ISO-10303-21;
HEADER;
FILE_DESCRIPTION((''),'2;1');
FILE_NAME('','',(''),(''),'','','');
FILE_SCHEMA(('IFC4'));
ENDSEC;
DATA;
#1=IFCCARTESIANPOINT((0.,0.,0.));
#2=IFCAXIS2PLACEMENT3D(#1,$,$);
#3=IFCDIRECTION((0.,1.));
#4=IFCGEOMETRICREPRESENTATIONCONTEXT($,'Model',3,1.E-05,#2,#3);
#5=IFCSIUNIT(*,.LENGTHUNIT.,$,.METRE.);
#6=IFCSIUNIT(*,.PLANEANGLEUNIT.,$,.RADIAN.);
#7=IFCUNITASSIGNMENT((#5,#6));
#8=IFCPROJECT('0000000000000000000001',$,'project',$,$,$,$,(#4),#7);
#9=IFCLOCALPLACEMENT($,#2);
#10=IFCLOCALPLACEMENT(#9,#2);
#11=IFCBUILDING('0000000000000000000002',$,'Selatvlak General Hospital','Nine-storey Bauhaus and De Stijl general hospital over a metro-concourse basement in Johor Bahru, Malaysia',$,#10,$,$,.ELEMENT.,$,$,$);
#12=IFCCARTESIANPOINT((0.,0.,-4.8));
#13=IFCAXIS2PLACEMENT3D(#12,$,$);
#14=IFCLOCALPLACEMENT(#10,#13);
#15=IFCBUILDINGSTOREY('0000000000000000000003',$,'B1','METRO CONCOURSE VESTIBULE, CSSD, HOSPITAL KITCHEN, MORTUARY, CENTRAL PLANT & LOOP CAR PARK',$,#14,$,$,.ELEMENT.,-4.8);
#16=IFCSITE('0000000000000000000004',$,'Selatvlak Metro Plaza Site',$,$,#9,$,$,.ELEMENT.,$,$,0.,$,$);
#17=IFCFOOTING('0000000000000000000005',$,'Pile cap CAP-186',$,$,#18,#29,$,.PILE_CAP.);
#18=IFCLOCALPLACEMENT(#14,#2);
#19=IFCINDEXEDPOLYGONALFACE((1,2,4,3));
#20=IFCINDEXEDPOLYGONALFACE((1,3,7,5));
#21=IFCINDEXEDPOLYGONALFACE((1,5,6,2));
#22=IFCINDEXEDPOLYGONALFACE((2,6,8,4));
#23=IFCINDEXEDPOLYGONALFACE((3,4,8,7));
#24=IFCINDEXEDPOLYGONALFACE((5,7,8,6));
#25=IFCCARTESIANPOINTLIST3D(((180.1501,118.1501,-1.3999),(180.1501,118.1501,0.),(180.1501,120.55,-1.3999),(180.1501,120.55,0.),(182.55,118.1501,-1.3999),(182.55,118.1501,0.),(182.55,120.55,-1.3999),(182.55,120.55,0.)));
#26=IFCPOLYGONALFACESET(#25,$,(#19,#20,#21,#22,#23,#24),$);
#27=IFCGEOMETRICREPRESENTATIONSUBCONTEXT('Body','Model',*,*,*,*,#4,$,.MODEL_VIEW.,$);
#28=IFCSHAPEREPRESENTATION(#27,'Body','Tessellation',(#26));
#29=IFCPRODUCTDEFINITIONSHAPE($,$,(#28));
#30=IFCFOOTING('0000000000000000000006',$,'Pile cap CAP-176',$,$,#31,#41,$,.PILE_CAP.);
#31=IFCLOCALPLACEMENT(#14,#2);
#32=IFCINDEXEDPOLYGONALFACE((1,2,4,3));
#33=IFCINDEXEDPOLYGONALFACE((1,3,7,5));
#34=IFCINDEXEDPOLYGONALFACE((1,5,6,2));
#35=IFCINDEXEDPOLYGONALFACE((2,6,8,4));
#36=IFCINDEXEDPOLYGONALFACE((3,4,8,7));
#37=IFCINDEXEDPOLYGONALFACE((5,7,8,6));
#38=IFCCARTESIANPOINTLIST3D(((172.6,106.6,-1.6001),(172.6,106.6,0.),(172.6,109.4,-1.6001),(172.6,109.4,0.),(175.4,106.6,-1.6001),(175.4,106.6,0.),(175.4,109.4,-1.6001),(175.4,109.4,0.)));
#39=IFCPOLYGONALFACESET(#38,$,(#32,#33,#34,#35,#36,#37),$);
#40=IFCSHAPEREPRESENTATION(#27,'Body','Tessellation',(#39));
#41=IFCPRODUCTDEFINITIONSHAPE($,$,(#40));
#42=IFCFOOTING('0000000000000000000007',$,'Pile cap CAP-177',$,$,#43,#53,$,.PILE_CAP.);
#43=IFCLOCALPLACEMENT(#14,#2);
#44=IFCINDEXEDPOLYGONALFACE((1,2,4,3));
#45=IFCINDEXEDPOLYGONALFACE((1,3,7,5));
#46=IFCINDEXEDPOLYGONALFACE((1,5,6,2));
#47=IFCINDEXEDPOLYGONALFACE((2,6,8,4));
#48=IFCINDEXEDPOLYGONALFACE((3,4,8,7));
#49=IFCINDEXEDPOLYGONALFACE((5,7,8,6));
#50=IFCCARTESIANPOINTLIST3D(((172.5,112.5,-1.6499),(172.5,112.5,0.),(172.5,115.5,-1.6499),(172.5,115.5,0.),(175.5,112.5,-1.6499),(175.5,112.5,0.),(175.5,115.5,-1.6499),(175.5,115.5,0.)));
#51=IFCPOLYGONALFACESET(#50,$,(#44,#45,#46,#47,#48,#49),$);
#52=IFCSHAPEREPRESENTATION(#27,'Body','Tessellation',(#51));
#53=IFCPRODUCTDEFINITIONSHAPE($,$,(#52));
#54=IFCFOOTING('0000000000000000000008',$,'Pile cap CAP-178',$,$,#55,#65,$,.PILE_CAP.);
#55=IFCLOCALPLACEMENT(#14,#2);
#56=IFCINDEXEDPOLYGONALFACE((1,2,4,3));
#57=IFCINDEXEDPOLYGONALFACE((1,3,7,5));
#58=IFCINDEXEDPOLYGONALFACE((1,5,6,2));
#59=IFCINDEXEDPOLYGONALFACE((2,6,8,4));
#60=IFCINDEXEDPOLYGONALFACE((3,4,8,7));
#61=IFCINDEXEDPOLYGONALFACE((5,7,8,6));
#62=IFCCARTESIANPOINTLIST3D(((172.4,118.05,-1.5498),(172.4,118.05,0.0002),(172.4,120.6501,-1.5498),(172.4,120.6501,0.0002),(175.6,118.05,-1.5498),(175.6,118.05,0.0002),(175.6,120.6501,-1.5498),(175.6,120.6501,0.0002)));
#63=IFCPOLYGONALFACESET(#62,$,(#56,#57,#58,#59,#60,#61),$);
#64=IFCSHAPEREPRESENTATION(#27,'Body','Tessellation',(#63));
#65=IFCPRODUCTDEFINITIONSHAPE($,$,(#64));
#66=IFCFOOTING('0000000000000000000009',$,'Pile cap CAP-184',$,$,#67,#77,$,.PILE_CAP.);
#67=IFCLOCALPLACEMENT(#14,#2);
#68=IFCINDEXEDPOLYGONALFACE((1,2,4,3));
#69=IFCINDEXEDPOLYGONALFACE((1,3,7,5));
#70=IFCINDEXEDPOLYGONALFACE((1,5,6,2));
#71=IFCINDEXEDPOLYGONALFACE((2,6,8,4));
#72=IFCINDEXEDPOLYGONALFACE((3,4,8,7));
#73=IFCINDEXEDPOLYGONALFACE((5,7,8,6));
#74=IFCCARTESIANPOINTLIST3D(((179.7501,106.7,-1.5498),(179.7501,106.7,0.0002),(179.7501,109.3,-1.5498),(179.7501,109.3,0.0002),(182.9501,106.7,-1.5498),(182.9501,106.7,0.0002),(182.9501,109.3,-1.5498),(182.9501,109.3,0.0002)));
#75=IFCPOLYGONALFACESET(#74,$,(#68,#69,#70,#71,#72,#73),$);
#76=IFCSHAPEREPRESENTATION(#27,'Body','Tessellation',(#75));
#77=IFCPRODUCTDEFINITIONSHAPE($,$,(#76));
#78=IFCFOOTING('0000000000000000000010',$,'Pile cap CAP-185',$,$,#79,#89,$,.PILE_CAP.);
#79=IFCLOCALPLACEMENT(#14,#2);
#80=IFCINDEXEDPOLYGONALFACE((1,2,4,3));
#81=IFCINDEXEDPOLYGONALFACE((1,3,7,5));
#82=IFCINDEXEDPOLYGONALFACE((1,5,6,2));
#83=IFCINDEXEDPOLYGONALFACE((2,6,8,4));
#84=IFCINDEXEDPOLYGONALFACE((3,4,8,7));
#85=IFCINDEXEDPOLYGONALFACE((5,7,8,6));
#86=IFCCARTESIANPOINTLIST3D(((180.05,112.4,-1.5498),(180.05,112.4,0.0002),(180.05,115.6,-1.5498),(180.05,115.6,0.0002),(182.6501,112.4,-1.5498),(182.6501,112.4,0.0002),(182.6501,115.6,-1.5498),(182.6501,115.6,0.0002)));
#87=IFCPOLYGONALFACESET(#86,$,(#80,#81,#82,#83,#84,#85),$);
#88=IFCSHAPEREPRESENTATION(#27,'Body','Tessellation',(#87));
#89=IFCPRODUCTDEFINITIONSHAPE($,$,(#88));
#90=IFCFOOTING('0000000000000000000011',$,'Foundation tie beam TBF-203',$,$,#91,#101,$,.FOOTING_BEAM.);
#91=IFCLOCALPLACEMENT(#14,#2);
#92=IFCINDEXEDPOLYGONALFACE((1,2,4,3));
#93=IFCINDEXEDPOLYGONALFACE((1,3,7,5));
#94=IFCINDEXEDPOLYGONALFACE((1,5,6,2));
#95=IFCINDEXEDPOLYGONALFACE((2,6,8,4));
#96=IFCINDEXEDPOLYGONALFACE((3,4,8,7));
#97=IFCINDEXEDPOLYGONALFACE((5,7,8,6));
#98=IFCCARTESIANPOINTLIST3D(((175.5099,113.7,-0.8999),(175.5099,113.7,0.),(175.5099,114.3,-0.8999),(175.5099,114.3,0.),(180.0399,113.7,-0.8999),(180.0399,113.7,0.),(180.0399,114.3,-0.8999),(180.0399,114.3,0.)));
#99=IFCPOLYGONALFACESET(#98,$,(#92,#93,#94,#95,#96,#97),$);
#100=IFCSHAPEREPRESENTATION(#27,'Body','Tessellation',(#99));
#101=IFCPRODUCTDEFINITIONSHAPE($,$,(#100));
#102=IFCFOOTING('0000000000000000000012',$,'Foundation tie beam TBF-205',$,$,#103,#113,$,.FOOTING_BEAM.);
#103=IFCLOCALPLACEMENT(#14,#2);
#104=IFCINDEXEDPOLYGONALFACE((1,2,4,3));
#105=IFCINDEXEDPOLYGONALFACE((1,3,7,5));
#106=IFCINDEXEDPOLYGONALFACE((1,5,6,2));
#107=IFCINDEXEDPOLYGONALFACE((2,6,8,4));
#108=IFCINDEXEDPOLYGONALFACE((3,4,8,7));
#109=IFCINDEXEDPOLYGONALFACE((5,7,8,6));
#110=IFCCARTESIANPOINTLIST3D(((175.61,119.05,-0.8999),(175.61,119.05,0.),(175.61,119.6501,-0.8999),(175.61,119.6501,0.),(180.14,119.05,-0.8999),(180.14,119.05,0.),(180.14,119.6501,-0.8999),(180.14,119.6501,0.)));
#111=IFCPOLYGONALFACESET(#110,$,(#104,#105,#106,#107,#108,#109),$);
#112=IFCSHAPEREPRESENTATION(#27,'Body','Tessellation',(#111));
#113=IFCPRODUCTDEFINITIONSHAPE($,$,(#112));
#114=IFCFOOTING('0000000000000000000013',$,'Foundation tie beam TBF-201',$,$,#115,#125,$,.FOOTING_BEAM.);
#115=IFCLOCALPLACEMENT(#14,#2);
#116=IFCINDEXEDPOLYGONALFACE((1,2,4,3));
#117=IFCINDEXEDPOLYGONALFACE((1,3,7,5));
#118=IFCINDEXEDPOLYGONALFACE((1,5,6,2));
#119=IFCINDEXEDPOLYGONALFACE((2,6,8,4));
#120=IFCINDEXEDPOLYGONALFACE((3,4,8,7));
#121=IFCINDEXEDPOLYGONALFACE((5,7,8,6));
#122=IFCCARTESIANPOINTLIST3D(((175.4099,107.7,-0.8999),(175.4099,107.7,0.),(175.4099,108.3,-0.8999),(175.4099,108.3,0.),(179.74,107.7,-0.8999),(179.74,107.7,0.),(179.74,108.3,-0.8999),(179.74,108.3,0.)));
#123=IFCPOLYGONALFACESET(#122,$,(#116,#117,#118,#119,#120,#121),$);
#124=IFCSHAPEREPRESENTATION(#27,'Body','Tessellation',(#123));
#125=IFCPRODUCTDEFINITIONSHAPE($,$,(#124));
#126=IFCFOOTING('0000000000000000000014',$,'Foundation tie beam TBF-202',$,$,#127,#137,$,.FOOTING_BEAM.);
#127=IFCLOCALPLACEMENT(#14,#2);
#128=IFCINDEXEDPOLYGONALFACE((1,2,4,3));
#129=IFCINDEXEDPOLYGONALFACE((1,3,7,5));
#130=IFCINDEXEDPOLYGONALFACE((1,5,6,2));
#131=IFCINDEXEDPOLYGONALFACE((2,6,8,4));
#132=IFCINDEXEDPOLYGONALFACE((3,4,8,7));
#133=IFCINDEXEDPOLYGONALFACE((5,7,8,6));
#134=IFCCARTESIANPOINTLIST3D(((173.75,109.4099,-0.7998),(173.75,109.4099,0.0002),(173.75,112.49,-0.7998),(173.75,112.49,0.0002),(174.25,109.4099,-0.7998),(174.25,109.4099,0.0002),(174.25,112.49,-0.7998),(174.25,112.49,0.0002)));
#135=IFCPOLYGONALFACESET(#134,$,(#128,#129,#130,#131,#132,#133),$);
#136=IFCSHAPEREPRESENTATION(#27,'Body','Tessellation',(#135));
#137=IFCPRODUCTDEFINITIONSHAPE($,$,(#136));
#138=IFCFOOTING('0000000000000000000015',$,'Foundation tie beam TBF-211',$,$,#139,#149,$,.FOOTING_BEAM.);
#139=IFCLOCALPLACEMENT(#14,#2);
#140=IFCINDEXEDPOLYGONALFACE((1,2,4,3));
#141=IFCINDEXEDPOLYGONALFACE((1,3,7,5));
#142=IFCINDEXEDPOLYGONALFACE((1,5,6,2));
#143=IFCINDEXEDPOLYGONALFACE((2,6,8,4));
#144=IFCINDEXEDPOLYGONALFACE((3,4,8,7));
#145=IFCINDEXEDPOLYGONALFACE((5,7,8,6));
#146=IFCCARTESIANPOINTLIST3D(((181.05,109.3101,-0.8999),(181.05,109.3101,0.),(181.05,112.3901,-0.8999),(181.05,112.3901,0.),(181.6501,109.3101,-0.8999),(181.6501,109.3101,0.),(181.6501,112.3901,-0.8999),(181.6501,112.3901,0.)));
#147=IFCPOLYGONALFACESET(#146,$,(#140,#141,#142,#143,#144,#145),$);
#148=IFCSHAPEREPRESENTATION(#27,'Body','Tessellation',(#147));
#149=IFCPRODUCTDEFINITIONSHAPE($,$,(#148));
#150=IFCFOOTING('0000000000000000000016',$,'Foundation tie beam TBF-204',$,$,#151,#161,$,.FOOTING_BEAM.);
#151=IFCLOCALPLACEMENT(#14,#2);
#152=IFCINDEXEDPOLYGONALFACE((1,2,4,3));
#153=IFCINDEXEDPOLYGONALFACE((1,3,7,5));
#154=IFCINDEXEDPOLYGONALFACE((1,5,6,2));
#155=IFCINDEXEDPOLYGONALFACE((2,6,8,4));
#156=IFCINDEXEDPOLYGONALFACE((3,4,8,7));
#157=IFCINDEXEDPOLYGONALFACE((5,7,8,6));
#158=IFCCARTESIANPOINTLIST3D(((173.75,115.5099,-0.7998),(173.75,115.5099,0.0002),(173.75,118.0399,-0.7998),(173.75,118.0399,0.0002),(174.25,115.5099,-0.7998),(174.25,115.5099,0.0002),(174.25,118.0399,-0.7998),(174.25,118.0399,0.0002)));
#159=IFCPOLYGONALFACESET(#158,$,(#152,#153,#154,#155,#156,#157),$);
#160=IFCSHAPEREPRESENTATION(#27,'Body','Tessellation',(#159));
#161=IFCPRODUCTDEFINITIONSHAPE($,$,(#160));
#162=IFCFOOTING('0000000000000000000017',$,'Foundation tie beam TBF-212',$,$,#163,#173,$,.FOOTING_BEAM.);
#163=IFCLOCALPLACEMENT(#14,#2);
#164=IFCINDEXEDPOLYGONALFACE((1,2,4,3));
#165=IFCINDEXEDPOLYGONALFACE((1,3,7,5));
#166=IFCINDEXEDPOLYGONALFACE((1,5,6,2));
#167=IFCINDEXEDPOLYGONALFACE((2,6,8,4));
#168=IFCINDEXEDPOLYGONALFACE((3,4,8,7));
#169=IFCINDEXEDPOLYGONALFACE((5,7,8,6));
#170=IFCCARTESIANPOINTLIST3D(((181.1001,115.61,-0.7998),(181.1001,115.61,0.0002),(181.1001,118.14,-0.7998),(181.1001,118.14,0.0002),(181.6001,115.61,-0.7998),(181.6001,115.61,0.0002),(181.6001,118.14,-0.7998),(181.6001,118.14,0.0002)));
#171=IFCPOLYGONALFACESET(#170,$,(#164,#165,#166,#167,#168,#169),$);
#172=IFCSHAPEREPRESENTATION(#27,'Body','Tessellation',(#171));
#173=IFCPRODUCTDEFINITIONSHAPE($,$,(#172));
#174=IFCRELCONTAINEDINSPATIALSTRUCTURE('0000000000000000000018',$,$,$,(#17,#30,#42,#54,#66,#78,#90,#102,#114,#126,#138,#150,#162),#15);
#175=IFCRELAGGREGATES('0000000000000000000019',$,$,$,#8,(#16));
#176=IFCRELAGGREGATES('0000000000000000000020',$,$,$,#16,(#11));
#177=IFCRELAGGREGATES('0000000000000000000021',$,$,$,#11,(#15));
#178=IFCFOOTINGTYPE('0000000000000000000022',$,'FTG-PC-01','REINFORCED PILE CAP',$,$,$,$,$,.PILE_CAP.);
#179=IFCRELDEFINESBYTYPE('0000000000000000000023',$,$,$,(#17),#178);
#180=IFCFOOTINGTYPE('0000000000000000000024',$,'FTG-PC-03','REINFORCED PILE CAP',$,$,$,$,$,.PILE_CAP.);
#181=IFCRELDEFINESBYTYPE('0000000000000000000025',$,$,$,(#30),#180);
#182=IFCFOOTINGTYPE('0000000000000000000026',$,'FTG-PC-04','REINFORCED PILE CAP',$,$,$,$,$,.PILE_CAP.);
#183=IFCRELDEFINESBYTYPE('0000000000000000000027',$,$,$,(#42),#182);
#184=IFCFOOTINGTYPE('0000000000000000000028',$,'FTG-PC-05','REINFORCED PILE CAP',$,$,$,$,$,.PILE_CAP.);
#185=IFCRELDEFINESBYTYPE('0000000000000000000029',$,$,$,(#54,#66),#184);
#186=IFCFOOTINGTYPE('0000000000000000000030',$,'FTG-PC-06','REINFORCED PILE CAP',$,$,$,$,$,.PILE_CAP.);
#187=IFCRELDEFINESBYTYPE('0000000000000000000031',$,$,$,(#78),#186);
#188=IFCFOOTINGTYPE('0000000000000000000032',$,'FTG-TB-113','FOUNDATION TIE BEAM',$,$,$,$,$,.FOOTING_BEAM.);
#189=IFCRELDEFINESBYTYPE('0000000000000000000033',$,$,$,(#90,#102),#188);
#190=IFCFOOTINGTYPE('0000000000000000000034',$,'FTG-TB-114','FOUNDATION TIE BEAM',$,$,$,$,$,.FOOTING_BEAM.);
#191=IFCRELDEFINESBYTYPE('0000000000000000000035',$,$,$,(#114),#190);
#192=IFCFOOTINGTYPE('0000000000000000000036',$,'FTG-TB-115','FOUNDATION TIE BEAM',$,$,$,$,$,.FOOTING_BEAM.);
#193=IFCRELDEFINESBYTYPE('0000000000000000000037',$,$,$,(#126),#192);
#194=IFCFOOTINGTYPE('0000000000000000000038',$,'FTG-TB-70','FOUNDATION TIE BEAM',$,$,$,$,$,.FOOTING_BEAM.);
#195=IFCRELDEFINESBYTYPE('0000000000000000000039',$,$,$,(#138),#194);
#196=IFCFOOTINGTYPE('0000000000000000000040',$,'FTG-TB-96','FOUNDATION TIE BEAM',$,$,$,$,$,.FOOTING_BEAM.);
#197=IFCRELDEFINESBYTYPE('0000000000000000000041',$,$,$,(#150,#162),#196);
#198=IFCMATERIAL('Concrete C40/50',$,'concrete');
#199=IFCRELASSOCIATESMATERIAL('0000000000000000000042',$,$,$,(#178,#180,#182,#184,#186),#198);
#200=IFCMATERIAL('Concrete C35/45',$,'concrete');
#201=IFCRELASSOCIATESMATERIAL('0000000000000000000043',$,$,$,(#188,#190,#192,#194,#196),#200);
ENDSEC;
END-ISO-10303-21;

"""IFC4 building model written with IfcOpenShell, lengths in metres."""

from ifc_helpers import new_model, si_unit, direction, frame, origin, origin_2d, place, context, subcontext, project, spatial, rectangle, extrude, material, type_object, element, save


model = new_model("IFC4")

# Units and contexts
model_context = context("Model", 3, precision=1e-05, world=origin(), true_north=direction((0.0, 1.0)))
body_context = subcontext(model_context, "Body", "Model", "MODEL_VIEW")
ifc_project = project(units=[si_unit("LENGTHUNIT", "METRE"), si_unit("PLANEANGLEUNIT", "RADIAN")], contexts=[model_context])

# Site, building, storey
site_placement = place(None, origin())
site = spatial("IfcSite", under=ifc_project, at=site_placement, Name="Selatvlak Metro Plaza Site", CompositionType="ELEMENT", RefElevation=0.0)
building_placement = place(site_placement, origin())
building = spatial("IfcBuilding", under=site, at=building_placement, Name="Selatvlak General Hospital", Description="Nine-storey Bauhaus and De Stijl general hospital over a metro-concourse basement in Johor Bahru, Malaysia", CompositionType="ELEMENT")
storey_placement = place(building_placement, frame((0.0, 0.0, -4.8)))
storey = spatial("IfcBuildingStorey", under=building, at=storey_placement, Name="B1", Description="METRO CONCOURSE VESTIBULE, CSSD, HOSPITAL KITCHEN, MORTUARY, CENTRAL PLANT & LOOP CAR PARK", CompositionType="ELEMENT", Elevation=-4.8)

# Footings
ifc_material_1 = material(Name="Concrete C40/50", Category="concrete")
footing_type_1 = type_object("IfcFootingType", Name="FTG-PC-01", Description="REINFORCED PILE CAP", PredefinedType="PILE_CAP", material=ifc_material_1)
footing_1_placement = place(storey_placement, frame((181.3501, 119.3501, -1.3999), z_axis=(0.0, 0.0, 1.0), x_axis=(1.0, 0.0, 0.0)))
element("IfcFooting", 1, at=footing_1_placement, inside=storey, type_object=footing_type_1, Name="Pile cap CAP-186", PredefinedType="PILE_CAP", context=body_context, shape_type="SweptSolid", body=[
    extrude(rectangle(XDim=2.3999, YDim=2.3999, at=origin_2d()), origin(), (0.0, 0.0, 1.0), 1.3999),
])
footing_type_2 = type_object("IfcFootingType", Name="FTG-PC-03", Description="REINFORCED PILE CAP", PredefinedType="PILE_CAP", material=ifc_material_1)
footing_2_placement = place(storey_placement, frame((174.0, 108.0, -1.6001), z_axis=(0.0, 0.0, 1.0), x_axis=(1.0, 0.0, 0.0)))
element("IfcFooting", 2, at=footing_2_placement, inside=storey, type_object=footing_type_2, Name="Pile cap CAP-176", PredefinedType="PILE_CAP", context=body_context, shape_type="SweptSolid", body=[
    extrude(rectangle(XDim=2.8, YDim=2.8, at=origin_2d()), origin(), (0.0, 0.0, 1.0), 1.6001),
])
footing_type_3 = type_object("IfcFootingType", Name="FTG-PC-04", Description="REINFORCED PILE CAP", PredefinedType="PILE_CAP", material=ifc_material_1)
footing_3_placement = place(storey_placement, frame((174.0, 114.0, -1.6499), z_axis=(0.0, 0.0, 1.0), x_axis=(1.0, 0.0, 0.0)))
element("IfcFooting", 3, at=footing_3_placement, inside=storey, type_object=footing_type_3, Name="Pile cap CAP-177", PredefinedType="PILE_CAP", context=body_context, shape_type="SweptSolid", body=[
    extrude(rectangle(XDim=3.0, YDim=3.0, at=origin_2d()), origin(), (0.0, 0.0, 1.0), 1.6499),
])
footing_type_4 = type_object("IfcFootingType", Name="FTG-PC-05", Description="REINFORCED PILE CAP", PredefinedType="PILE_CAP", material=ifc_material_1)
for number, where, z_axis, x_axis, name in (
    (4, (174.0, 119.3501, -1.5498), (0.0, 0.0, 1.0), (1.0, 0.0, 0.0), "Pile cap CAP-178"),
    (5, (181.3501, 108.0, -1.5498), (0.0, 0.0, 1.0), (1.0, 0.0, 0.0), "Pile cap CAP-184"),
):
    element("IfcFooting", number, at=place(storey_placement, frame(where, z_axis=z_axis, x_axis=x_axis)), inside=storey, type_object=footing_type_4, Name=name, PredefinedType="PILE_CAP", context=body_context, shape_type="SweptSolid", body=[
        extrude(rectangle(XDim=3.2, YDim=2.6001, at=origin_2d()), origin(), (0.0, 0.0, 1.0), 1.55),
    ])
footing_type_5 = type_object("IfcFootingType", Name="FTG-PC-06", Description="REINFORCED PILE CAP", PredefinedType="PILE_CAP", material=ifc_material_1)
footing_4_placement = place(storey_placement, frame((181.3501, 114.0, -1.5498), z_axis=(0.0, 0.0, 1.0), x_axis=(1.0, 0.0, 0.0)))
element("IfcFooting", 6, at=footing_4_placement, inside=storey, type_object=footing_type_5, Name="Pile cap CAP-185", PredefinedType="PILE_CAP", context=body_context, shape_type="SweptSolid", body=[
    extrude(rectangle(XDim=2.6001, YDim=3.2, at=origin_2d()), origin(), (0.0, 0.0, 1.0), 1.55),
])
ifc_material_2 = material(Name="Concrete C35/45", Category="concrete")
footing_type_6 = type_object("IfcFootingType", Name="FTG-TB-113", Description="FOUNDATION TIE BEAM", PredefinedType="FOOTING_BEAM", material=ifc_material_2)
for number, where, z_axis, x_axis, name in (
    (7, (177.7749, 114.0, -0.8999), (0.0, 0.0, 1.0), (1.0, 0.0, 0.0), "Foundation tie beam TBF-203"),
    (8, (177.875, 119.3501, -0.8999), (0.0, 0.0, 1.0), (1.0, 0.0, 0.0), "Foundation tie beam TBF-205"),
):
    element("IfcFooting", number, at=place(storey_placement, frame(where, z_axis=z_axis, x_axis=x_axis)), inside=storey, type_object=footing_type_6, Name=name, PredefinedType="FOOTING_BEAM", context=body_context, shape_type="SweptSolid", body=[
        extrude(rectangle(XDim=4.53, YDim=0.6001, at=origin_2d()), origin(), (0.0, 0.0, 1.0), 0.8999),
    ])
footing_type_7 = type_object("IfcFootingType", Name="FTG-TB-114", Description="FOUNDATION TIE BEAM", PredefinedType="FOOTING_BEAM", material=ifc_material_2)
footing_5_placement = place(storey_placement, frame((177.575, 108.0, -0.8999), z_axis=(0.0, 0.0, 1.0), x_axis=(1.0, 0.0, 0.0)))
element("IfcFooting", 9, at=footing_5_placement, inside=storey, type_object=footing_type_7, Name="Foundation tie beam TBF-201", PredefinedType="FOOTING_BEAM", context=body_context, shape_type="SweptSolid", body=[
    extrude(rectangle(XDim=4.3301, YDim=0.6001, at=origin_2d()), origin(), (0.0, 0.0, 1.0), 0.8999),
])
footing_type_8 = type_object("IfcFootingType", Name="FTG-TB-115", Description="FOUNDATION TIE BEAM", PredefinedType="FOOTING_BEAM", material=ifc_material_2)
footing_6_placement = place(storey_placement, frame((174.0, 110.95, -0.7998), z_axis=(0.0, 0.0, 1.0), x_axis=(0.0, 1.0, 0.0)))
element("IfcFooting", 10, at=footing_6_placement, inside=storey, type_object=footing_type_8, Name="Foundation tie beam TBF-202", PredefinedType="FOOTING_BEAM", context=body_context, shape_type="SweptSolid", body=[
    extrude(rectangle(XDim=3.0801, YDim=0.5, at=origin_2d()), origin(), (0.0, 0.0, 1.0), 0.8),
])
footing_type_9 = type_object("IfcFootingType", Name="FTG-TB-70", Description="FOUNDATION TIE BEAM", PredefinedType="FOOTING_BEAM", material=ifc_material_2)
footing_7_placement = place(storey_placement, frame((181.3501, 110.8501, -0.8999), z_axis=(0.0, 0.0, 1.0), x_axis=(0.0, 1.0, 0.0)))
element("IfcFooting", 11, at=footing_7_placement, inside=storey, type_object=footing_type_9, Name="Foundation tie beam TBF-211", PredefinedType="FOOTING_BEAM", context=body_context, shape_type="SweptSolid", body=[
    extrude(rectangle(XDim=3.0801, YDim=0.6001, at=origin_2d()), origin(), (0.0, 0.0, 1.0), 0.8999),
])
footing_type_10 = type_object("IfcFootingType", Name="FTG-TB-96", Description="FOUNDATION TIE BEAM", PredefinedType="FOOTING_BEAM", material=ifc_material_2)
for number, where, z_axis, x_axis, name in (
    (12, (174.0, 116.7749, -0.7998), (0.0, 0.0, 1.0), (0.0, 1.0, 0.0), "Foundation tie beam TBF-204"),
    (13, (181.3501, 116.875, -0.7998), (0.0, 0.0, 1.0), (0.0, 1.0, 0.0), "Foundation tie beam TBF-212"),
):
    element("IfcFooting", number, at=place(storey_placement, frame(where, z_axis=z_axis, x_axis=x_axis)), inside=storey, type_object=footing_type_10, Name=name, PredefinedType="FOOTING_BEAM", context=body_context, shape_type="SweptSolid", body=[
        extrude(rectangle(XDim=2.53, YDim=0.5, at=origin_2d()), origin(), (0.0, 0.0, 1.0), 0.8),
    ])

save(model, "model.ifc")
